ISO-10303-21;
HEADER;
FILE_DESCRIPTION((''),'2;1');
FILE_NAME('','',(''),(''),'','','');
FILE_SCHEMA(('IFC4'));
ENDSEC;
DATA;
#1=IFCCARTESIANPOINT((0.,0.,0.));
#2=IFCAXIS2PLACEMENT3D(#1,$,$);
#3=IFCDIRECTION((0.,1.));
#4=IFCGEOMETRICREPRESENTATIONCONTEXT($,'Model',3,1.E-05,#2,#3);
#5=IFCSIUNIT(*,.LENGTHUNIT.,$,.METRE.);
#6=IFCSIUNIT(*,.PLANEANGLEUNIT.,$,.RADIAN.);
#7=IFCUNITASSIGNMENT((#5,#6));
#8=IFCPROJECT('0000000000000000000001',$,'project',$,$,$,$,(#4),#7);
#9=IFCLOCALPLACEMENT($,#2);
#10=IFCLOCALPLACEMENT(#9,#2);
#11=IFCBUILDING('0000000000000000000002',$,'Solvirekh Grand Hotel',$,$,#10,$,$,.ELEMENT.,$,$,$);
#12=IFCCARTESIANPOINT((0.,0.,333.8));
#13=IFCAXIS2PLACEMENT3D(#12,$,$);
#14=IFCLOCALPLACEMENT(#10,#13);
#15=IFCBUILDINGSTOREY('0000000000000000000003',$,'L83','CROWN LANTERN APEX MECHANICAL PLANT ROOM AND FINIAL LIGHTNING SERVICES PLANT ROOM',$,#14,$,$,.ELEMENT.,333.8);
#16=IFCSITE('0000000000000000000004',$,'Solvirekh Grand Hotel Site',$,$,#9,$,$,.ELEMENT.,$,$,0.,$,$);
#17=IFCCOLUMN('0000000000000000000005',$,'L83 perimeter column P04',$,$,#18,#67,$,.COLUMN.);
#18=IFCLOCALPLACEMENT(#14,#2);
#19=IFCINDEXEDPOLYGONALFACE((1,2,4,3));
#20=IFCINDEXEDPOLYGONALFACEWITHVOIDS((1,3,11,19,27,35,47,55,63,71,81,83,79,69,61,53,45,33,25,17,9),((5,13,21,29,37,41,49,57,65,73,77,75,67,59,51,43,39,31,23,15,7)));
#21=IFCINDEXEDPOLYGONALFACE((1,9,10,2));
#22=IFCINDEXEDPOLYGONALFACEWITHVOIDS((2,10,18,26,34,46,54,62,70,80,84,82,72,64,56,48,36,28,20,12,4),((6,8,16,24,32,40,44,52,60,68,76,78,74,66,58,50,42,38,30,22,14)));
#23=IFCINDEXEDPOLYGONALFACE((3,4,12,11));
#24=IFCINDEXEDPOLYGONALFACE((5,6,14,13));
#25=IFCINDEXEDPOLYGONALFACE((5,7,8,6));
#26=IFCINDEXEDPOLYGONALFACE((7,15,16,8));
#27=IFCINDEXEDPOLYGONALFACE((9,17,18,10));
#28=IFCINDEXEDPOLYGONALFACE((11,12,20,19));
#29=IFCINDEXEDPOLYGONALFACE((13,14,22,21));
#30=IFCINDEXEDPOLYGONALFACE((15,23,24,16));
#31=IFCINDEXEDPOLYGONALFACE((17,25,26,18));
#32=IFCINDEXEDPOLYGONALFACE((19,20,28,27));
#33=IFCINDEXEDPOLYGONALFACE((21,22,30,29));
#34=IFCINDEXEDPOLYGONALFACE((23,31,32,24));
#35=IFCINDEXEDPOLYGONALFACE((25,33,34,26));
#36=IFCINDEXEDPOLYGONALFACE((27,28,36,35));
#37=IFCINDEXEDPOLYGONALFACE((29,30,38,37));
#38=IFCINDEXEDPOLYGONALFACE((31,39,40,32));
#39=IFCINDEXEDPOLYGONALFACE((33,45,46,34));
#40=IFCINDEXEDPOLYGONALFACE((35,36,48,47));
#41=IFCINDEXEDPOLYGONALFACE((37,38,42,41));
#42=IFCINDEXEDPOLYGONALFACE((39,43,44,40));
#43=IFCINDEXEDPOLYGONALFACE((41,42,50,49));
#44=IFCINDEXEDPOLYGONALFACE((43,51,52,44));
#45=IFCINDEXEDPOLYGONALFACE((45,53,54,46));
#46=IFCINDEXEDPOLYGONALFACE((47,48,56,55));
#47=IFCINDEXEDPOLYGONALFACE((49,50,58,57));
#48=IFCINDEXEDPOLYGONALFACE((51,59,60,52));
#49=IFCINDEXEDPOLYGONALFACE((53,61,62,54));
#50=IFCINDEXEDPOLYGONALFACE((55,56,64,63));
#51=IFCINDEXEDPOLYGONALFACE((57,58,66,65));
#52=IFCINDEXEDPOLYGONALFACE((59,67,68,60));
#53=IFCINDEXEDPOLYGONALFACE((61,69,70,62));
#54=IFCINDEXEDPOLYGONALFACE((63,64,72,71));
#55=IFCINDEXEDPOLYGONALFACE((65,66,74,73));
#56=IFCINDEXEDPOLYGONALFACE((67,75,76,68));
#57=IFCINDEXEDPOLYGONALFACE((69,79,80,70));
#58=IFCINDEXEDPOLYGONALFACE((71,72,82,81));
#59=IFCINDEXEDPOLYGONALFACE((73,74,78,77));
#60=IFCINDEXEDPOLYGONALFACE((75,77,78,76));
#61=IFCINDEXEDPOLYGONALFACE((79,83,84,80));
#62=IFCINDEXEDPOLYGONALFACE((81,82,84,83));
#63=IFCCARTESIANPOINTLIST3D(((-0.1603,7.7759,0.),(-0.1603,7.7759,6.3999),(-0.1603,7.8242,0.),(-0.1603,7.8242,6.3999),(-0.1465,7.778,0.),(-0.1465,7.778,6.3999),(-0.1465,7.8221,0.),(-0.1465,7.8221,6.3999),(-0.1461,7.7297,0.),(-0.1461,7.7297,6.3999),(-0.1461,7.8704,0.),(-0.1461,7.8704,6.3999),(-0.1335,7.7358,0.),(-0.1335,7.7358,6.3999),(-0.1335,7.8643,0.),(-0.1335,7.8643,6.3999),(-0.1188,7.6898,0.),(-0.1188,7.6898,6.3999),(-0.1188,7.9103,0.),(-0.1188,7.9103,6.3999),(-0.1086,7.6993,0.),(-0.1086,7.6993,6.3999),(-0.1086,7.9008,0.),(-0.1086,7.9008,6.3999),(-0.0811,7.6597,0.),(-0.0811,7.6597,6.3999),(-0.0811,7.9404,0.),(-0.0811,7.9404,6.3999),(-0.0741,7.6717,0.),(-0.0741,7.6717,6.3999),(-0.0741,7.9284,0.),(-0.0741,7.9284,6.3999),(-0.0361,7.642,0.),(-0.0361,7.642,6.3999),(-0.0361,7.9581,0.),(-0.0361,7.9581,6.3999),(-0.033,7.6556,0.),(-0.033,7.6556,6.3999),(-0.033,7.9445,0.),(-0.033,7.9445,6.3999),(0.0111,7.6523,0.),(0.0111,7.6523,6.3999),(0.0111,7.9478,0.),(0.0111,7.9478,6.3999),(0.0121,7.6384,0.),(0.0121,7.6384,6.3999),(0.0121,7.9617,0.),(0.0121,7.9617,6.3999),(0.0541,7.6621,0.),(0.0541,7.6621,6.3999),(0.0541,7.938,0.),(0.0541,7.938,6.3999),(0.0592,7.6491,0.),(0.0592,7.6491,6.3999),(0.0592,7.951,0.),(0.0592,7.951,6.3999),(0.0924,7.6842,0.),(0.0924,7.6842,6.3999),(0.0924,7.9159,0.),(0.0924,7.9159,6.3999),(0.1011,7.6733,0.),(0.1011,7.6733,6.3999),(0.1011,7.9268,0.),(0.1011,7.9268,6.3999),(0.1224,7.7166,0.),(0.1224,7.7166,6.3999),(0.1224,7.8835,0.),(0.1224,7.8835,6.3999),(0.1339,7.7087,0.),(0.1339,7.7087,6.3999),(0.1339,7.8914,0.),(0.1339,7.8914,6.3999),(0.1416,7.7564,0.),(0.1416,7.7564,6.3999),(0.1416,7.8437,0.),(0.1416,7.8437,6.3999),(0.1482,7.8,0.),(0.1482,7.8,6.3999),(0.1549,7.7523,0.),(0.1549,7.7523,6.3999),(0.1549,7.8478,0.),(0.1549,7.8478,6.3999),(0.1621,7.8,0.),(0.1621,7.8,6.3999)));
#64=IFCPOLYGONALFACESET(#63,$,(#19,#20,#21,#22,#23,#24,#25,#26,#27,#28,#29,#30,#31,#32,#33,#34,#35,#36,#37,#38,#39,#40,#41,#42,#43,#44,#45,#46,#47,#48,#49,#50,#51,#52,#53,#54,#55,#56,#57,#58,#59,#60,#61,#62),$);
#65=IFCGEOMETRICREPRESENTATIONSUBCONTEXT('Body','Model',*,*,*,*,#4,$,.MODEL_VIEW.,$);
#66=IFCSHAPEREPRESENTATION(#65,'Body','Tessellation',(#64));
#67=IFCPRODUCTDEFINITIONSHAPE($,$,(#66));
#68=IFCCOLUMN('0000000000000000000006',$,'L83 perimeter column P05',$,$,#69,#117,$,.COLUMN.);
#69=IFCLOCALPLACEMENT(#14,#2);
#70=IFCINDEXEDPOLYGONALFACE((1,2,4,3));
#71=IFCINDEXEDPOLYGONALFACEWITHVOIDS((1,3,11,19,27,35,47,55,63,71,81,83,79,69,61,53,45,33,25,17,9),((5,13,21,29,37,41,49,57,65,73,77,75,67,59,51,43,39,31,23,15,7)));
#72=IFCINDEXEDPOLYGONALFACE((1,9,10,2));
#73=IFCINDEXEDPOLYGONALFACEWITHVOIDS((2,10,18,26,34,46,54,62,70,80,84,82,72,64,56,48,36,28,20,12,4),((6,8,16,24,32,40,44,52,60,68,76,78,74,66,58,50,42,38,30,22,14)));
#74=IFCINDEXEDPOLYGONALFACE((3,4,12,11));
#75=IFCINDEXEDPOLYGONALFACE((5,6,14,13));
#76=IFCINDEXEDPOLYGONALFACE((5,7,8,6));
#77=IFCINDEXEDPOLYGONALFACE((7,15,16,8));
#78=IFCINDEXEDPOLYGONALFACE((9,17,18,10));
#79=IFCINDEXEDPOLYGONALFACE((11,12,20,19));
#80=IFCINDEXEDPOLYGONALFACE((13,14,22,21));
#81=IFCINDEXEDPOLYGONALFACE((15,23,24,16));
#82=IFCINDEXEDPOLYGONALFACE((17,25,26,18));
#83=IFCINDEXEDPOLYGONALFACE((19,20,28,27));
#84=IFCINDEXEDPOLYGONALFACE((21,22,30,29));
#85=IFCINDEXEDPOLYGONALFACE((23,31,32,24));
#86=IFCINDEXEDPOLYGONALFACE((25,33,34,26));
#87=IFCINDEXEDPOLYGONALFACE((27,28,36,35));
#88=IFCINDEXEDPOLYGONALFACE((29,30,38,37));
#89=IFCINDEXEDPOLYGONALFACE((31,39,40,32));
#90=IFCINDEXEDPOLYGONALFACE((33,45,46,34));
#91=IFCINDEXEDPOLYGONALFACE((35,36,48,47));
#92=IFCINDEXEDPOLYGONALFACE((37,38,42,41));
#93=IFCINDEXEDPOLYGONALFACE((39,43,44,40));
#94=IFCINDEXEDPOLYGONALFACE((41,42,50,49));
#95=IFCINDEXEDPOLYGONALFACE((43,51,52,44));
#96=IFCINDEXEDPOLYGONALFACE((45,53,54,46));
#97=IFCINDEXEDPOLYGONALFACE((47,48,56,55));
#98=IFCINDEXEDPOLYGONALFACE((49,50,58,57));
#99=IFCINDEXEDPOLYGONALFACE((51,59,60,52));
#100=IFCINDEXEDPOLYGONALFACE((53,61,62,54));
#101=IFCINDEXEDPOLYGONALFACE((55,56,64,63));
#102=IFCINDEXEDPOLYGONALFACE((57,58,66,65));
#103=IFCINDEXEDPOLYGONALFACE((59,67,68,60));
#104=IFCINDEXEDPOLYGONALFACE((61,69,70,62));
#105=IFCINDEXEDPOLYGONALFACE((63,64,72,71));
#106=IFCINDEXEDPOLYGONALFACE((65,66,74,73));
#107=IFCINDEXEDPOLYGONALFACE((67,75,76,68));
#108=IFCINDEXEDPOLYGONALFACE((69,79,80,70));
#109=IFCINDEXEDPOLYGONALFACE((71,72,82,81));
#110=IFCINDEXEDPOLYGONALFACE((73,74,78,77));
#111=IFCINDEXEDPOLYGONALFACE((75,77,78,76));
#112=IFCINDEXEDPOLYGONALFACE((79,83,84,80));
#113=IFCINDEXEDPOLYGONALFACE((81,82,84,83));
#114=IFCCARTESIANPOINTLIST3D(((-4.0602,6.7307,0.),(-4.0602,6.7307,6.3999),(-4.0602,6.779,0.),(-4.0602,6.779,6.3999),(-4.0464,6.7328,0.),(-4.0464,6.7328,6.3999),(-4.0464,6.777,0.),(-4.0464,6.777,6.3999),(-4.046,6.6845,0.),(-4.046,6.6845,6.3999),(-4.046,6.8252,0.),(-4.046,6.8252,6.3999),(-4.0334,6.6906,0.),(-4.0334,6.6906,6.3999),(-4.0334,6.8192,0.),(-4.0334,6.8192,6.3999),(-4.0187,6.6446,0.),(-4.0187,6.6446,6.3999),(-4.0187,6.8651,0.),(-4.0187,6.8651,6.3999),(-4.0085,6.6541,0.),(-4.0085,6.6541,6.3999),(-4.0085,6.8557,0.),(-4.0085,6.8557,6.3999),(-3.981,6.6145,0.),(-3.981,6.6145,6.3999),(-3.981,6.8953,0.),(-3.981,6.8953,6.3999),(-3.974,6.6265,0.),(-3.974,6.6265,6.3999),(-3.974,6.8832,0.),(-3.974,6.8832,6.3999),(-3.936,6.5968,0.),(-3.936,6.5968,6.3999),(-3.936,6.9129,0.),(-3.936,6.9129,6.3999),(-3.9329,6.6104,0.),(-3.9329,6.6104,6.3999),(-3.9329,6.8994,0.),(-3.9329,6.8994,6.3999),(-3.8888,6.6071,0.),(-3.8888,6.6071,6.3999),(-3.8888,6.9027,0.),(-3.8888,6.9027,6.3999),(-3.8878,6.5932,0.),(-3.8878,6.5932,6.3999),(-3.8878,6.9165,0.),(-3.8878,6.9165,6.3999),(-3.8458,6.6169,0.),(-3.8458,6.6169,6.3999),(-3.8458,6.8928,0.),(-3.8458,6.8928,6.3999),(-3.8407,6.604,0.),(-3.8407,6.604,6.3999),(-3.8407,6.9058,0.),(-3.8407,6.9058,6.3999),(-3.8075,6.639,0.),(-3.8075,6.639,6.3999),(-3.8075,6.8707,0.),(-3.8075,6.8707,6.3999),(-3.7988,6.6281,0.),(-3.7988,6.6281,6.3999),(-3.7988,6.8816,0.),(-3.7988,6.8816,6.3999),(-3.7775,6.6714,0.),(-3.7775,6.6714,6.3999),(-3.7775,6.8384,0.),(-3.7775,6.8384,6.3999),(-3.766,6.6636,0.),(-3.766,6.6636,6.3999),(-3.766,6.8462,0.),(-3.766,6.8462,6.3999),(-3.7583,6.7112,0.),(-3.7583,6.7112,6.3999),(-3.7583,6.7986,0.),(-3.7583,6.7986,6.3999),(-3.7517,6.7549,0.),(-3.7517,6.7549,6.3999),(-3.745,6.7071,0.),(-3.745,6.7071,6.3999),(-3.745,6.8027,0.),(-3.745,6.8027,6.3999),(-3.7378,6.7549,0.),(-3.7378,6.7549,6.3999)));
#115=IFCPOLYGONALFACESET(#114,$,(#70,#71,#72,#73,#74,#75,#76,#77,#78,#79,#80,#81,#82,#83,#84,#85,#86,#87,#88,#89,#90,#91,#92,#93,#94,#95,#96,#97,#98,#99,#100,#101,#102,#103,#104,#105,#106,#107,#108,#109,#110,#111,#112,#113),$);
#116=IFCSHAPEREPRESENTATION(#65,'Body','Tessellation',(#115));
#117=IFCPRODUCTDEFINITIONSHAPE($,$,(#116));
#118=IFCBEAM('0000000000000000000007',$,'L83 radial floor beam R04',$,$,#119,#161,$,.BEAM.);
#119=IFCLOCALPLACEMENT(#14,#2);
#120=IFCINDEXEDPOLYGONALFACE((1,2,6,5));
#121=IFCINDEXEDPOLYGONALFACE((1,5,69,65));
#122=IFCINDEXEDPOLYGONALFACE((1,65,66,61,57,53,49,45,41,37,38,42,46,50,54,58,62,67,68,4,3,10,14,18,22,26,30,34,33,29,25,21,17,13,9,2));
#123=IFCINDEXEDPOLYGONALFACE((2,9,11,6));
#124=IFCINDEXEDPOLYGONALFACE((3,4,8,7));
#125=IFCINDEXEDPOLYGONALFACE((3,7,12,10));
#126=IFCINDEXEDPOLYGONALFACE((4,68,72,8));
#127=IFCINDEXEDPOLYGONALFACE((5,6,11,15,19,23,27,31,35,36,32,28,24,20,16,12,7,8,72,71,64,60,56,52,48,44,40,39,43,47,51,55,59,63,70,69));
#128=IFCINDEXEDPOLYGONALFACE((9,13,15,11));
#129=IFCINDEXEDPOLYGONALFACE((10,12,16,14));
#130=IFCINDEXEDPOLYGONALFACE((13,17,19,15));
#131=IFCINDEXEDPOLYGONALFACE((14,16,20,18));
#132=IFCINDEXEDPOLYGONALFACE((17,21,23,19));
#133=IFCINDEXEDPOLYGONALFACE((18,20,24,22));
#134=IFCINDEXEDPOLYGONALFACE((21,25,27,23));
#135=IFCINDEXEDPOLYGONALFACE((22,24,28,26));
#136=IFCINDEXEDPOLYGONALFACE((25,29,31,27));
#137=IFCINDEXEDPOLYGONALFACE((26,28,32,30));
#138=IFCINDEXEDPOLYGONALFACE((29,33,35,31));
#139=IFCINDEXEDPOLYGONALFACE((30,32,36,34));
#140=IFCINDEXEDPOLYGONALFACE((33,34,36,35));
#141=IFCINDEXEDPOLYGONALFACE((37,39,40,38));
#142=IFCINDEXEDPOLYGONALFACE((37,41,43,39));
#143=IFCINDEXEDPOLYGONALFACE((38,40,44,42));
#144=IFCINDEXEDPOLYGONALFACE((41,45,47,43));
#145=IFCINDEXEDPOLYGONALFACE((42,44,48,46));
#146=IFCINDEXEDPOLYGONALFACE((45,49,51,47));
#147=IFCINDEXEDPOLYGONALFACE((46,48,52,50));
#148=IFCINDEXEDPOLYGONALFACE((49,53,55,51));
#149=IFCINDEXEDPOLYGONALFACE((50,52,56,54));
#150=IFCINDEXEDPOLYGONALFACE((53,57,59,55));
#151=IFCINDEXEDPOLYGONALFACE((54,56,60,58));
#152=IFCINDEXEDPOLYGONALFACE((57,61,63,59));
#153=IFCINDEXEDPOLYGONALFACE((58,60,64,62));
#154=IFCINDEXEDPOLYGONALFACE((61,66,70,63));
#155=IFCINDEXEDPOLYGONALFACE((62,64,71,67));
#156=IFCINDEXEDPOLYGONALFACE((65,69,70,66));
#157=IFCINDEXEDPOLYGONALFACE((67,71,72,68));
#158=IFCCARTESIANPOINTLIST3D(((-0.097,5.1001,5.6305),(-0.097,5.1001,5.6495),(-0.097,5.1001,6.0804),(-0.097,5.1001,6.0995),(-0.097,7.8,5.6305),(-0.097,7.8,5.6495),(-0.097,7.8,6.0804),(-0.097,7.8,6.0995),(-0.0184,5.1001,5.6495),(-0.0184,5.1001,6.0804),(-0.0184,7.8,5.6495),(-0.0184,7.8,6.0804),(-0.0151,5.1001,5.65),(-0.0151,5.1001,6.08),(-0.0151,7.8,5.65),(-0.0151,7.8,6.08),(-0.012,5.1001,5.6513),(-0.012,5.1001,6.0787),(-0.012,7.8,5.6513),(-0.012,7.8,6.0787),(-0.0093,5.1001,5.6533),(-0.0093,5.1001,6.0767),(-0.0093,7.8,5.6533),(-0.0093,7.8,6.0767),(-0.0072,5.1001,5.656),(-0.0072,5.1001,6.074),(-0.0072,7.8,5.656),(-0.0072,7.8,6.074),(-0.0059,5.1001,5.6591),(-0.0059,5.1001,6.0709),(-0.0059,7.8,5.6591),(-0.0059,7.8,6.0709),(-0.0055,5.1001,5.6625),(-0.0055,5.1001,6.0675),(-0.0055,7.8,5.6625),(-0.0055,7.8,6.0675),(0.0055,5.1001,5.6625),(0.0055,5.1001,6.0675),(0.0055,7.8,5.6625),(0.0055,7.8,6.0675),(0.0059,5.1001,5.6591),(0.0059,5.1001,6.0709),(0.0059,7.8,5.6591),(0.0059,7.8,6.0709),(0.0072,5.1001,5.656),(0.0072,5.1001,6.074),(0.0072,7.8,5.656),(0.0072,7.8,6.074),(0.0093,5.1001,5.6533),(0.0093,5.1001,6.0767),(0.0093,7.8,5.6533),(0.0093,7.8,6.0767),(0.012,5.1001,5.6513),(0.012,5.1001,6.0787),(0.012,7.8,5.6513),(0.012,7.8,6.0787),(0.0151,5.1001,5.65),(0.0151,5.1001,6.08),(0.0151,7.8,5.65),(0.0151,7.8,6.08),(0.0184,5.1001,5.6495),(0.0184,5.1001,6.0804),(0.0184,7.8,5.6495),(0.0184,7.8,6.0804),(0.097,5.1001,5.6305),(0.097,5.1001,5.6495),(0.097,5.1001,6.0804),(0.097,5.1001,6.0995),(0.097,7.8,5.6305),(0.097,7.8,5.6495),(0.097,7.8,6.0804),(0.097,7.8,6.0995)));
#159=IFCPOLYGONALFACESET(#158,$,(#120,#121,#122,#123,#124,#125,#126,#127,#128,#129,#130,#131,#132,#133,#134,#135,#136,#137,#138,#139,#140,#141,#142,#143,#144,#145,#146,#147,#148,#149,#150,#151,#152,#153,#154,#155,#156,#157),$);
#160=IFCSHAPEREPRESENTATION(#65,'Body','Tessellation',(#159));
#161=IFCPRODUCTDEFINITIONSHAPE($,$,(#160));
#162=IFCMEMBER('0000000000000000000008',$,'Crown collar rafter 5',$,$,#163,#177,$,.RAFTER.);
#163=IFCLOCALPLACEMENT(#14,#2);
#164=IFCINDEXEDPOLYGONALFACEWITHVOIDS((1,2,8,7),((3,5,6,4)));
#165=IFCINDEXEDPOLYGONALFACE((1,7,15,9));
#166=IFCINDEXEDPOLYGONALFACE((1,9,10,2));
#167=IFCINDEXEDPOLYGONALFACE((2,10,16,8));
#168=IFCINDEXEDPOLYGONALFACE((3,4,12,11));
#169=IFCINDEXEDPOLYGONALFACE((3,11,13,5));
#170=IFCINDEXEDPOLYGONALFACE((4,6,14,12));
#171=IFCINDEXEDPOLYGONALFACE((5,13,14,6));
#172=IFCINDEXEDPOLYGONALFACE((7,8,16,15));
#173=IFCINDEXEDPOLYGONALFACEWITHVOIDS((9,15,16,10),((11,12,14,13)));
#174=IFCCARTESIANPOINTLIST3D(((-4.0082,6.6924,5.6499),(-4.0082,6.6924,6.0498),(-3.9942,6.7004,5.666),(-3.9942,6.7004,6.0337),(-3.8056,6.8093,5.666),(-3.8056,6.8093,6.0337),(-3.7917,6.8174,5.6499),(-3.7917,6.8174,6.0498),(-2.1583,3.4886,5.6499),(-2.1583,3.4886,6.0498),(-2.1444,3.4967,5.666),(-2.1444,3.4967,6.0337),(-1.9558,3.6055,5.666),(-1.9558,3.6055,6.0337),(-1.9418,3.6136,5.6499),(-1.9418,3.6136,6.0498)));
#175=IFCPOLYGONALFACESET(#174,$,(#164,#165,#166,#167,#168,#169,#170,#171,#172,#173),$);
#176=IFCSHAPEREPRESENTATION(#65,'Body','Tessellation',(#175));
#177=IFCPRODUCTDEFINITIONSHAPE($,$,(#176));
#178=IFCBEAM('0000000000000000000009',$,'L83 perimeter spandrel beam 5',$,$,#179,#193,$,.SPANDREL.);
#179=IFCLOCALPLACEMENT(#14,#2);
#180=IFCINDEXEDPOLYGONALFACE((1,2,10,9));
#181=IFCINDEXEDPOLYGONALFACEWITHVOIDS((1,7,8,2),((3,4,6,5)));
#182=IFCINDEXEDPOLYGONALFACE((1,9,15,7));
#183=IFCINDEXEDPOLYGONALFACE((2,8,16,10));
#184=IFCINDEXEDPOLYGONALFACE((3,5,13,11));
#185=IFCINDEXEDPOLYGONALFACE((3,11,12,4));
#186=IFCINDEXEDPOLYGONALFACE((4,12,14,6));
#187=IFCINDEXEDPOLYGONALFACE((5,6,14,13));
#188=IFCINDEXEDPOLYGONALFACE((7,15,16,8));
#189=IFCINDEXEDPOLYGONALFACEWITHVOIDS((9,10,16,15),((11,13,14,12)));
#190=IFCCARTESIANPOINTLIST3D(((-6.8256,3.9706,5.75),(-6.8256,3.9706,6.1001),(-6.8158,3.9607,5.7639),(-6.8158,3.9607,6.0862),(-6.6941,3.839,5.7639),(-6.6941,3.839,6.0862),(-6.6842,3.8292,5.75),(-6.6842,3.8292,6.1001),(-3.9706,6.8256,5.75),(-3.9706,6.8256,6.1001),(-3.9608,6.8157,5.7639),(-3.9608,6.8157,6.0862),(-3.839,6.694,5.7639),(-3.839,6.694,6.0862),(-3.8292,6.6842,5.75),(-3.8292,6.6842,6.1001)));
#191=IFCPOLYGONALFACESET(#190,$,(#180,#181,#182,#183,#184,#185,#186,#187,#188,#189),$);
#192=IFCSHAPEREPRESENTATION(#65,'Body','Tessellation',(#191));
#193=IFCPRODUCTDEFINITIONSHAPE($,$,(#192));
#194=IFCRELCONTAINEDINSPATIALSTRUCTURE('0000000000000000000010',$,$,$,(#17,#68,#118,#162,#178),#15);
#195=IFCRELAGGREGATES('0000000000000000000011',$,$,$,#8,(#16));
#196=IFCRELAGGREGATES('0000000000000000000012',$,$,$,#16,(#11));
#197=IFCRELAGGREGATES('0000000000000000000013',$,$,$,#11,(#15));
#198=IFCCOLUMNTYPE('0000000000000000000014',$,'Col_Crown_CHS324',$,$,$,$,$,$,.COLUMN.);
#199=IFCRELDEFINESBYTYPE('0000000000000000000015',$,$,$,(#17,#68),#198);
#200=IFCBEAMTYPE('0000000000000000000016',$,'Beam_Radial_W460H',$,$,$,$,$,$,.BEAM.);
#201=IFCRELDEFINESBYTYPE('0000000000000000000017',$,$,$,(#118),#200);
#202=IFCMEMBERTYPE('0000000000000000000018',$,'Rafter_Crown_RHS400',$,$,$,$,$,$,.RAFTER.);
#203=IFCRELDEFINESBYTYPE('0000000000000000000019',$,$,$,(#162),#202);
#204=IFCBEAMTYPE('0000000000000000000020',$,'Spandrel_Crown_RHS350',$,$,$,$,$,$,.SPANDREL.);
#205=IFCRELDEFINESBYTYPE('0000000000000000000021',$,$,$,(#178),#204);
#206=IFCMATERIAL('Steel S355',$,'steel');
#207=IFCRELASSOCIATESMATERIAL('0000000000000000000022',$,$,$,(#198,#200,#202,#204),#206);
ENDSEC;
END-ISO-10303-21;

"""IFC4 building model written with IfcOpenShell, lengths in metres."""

from ifc_helpers import new_model, si_unit, direction, frame, origin, origin_2d, place, context, subcontext, project, spatial, hollow_rectangle, hollow_circle, i_section, extrude, material, material_profile, profile_set, type_object, element, save


model = new_model("IFC4")

# Units and contexts
model_context = context("Model", 3, precision=1e-05, world=origin(), true_north=direction((0.0, 1.0)))
body_context = subcontext(model_context, "Body", "Model", "MODEL_VIEW")
ifc_project = project(units=[si_unit("LENGTHUNIT", "METRE"), si_unit("PLANEANGLEUNIT", "RADIAN")], contexts=[model_context])

# Site, building, storey
site_placement = place(None, origin())
site = spatial("IfcSite", under=ifc_project, at=site_placement, Name="Solvirekh Grand Hotel Site", CompositionType="ELEMENT", RefElevation=0.0)
building_placement = place(site_placement, origin())
building = spatial("IfcBuilding", under=site, at=building_placement, Name="Solvirekh Grand Hotel", CompositionType="ELEMENT")
storey_placement = place(building_placement, frame((0.0, 0.0, 333.8)))
storey = spatial("IfcBuildingStorey", under=building, at=storey_placement, Name="L83", Description="CROWN LANTERN APEX MECHANICAL PLANT ROOM AND FINIAL LIGHTNING SERVICES PLANT ROOM", CompositionType="ELEMENT", Elevation=333.8)

# Columns
ifc_material_1 = material(Name="Steel S355", Category="steel")
ifc_material_profile_1 = material_profile(ifc_material_1, hollow_circle(Radius=0.1621, WallThickness=0.0139, at=origin_2d()), Name="CHS 324X14")
ifc_profile_set_1 = profile_set([ifc_material_profile_1], Name="Steel S355")
column_type = type_object("IfcColumnType", Name="Col_Crown_CHS324", PredefinedType="COLUMN", material=ifc_profile_set_1)
for number, where, z_axis, x_axis, name in (
    (1, (0.0, 7.8, 0.0), (0.0, 0.0, 1.0), (1.0, 0.0, 0.0), "L83 perimeter column P04"),
    (2, (-3.8999, 6.7549, 0.0), (0.0, 0.0, 1.0), (1.0, 0.0, 0.0), "L83 perimeter column P05"),
):
    element("IfcColumn", number, at=place(storey_placement, frame(where, z_axis=z_axis, x_axis=x_axis)), inside=storey, type_object=column_type, Name=name, PredefinedType="COLUMN", context=body_context, shape_type="SweptSolid", body=[
        extrude(hollow_circle(Radius=0.1621, WallThickness=0.0139, at=origin_2d()), origin(), (0.0, 0.0, 1.0), 6.3999),
    ])

# Beam
ifc_material_profile_2 = material_profile(ifc_material_1, i_section(OverallWidth=0.1941, OverallDepth=0.469, WebThickness=0.011, FlangeThickness=0.019, FilletRadius=0.0129, at=origin_2d()), Name="W460X106")
ifc_profile_set_2 = profile_set([ifc_material_profile_2], Name="Steel S355")
beam_type_1 = type_object("IfcBeamType", Name="Beam_Radial_W460H", PredefinedType="BEAM", material=ifc_profile_set_2)
beam_1_placement = place(storey_placement, frame((0.0, 5.1001, 5.865), z_axis=(0.0, 1.0, 0.0), x_axis=(-1.0, 0.0, 0.0)))
element("IfcBeam", 3, at=beam_1_placement, inside=storey, type_object=beam_type_1, Name="L83 radial floor beam R04", PredefinedType="BEAM", context=body_context, shape_type="SweptSolid", body=[
    extrude(i_section(OverallWidth=0.1941, OverallDepth=0.469, WebThickness=0.011, FlangeThickness=0.019, FilletRadius=0.0129, at=origin_2d()), origin(), (0.0, 0.0, 1.0), 2.7),
])

# Member
ifc_material_profile_3 = material_profile(ifc_material_1, hollow_rectangle(XDim=0.25, YDim=0.3999, WallThickness=0.0161, at=origin_2d()), Name="RHS 400X250X16")
ifc_profile_set_3 = profile_set([ifc_material_profile_3], Name="Steel S355")
member_type_1 = type_object("IfcMemberType", Name="Rafter_Crown_RHS400", PredefinedType="RAFTER", material=ifc_profile_set_3)
member_1_placement = place(storey_placement, frame((-3.8999, 6.7549, 5.8499), z_axis=(0.500021, -0.866013, 0.0), x_axis=(0.866013, 0.500021, 0.0)))
element("IfcMember", 4, at=member_1_placement, inside=storey, type_object=member_type_1, Name="Crown collar rafter 5", PredefinedType="RAFTER", context=body_context, shape_type="SweptSolid", body=[
    extrude(hollow_rectangle(XDim=0.25, YDim=0.3999, WallThickness=0.0161, at=origin_2d()), origin(), (0.0, 0.0, 1.0), 3.6995),
])

# Beam
ifc_material_profile_4 = material_profile(ifc_material_1, hollow_rectangle(XDim=0.2, YDim=0.3501, WallThickness=0.0139, at=origin_2d()), Name="RHS 350X200X14")
ifc_profile_set_4 = profile_set([ifc_material_profile_4], Name="Steel S355")
beam_type_2 = type_object("IfcBeamType", Name="Spandrel_Crown_RHS350", PredefinedType="SPANDREL", material=ifc_profile_set_4)
beam_2_placement = place(storey_placement, frame((-3.8999, 6.7549, 5.925), z_axis=(-0.707107, -0.707107, 0.0), x_axis=(0.707107, -0.707107, 0.0)))
element("IfcBeam", 5, at=beam_2_placement, inside=storey, type_object=beam_type_2, Name="L83 perimeter spandrel beam 5", PredefinedType="SPANDREL", context=body_context, shape_type="SweptSolid", body=[
    extrude(hollow_rectangle(XDim=0.2, YDim=0.3501, WallThickness=0.0139, at=origin_2d()), origin(), (0.0, 0.0, 1.0), 4.0376),
])

save(model, "model.ifc")
